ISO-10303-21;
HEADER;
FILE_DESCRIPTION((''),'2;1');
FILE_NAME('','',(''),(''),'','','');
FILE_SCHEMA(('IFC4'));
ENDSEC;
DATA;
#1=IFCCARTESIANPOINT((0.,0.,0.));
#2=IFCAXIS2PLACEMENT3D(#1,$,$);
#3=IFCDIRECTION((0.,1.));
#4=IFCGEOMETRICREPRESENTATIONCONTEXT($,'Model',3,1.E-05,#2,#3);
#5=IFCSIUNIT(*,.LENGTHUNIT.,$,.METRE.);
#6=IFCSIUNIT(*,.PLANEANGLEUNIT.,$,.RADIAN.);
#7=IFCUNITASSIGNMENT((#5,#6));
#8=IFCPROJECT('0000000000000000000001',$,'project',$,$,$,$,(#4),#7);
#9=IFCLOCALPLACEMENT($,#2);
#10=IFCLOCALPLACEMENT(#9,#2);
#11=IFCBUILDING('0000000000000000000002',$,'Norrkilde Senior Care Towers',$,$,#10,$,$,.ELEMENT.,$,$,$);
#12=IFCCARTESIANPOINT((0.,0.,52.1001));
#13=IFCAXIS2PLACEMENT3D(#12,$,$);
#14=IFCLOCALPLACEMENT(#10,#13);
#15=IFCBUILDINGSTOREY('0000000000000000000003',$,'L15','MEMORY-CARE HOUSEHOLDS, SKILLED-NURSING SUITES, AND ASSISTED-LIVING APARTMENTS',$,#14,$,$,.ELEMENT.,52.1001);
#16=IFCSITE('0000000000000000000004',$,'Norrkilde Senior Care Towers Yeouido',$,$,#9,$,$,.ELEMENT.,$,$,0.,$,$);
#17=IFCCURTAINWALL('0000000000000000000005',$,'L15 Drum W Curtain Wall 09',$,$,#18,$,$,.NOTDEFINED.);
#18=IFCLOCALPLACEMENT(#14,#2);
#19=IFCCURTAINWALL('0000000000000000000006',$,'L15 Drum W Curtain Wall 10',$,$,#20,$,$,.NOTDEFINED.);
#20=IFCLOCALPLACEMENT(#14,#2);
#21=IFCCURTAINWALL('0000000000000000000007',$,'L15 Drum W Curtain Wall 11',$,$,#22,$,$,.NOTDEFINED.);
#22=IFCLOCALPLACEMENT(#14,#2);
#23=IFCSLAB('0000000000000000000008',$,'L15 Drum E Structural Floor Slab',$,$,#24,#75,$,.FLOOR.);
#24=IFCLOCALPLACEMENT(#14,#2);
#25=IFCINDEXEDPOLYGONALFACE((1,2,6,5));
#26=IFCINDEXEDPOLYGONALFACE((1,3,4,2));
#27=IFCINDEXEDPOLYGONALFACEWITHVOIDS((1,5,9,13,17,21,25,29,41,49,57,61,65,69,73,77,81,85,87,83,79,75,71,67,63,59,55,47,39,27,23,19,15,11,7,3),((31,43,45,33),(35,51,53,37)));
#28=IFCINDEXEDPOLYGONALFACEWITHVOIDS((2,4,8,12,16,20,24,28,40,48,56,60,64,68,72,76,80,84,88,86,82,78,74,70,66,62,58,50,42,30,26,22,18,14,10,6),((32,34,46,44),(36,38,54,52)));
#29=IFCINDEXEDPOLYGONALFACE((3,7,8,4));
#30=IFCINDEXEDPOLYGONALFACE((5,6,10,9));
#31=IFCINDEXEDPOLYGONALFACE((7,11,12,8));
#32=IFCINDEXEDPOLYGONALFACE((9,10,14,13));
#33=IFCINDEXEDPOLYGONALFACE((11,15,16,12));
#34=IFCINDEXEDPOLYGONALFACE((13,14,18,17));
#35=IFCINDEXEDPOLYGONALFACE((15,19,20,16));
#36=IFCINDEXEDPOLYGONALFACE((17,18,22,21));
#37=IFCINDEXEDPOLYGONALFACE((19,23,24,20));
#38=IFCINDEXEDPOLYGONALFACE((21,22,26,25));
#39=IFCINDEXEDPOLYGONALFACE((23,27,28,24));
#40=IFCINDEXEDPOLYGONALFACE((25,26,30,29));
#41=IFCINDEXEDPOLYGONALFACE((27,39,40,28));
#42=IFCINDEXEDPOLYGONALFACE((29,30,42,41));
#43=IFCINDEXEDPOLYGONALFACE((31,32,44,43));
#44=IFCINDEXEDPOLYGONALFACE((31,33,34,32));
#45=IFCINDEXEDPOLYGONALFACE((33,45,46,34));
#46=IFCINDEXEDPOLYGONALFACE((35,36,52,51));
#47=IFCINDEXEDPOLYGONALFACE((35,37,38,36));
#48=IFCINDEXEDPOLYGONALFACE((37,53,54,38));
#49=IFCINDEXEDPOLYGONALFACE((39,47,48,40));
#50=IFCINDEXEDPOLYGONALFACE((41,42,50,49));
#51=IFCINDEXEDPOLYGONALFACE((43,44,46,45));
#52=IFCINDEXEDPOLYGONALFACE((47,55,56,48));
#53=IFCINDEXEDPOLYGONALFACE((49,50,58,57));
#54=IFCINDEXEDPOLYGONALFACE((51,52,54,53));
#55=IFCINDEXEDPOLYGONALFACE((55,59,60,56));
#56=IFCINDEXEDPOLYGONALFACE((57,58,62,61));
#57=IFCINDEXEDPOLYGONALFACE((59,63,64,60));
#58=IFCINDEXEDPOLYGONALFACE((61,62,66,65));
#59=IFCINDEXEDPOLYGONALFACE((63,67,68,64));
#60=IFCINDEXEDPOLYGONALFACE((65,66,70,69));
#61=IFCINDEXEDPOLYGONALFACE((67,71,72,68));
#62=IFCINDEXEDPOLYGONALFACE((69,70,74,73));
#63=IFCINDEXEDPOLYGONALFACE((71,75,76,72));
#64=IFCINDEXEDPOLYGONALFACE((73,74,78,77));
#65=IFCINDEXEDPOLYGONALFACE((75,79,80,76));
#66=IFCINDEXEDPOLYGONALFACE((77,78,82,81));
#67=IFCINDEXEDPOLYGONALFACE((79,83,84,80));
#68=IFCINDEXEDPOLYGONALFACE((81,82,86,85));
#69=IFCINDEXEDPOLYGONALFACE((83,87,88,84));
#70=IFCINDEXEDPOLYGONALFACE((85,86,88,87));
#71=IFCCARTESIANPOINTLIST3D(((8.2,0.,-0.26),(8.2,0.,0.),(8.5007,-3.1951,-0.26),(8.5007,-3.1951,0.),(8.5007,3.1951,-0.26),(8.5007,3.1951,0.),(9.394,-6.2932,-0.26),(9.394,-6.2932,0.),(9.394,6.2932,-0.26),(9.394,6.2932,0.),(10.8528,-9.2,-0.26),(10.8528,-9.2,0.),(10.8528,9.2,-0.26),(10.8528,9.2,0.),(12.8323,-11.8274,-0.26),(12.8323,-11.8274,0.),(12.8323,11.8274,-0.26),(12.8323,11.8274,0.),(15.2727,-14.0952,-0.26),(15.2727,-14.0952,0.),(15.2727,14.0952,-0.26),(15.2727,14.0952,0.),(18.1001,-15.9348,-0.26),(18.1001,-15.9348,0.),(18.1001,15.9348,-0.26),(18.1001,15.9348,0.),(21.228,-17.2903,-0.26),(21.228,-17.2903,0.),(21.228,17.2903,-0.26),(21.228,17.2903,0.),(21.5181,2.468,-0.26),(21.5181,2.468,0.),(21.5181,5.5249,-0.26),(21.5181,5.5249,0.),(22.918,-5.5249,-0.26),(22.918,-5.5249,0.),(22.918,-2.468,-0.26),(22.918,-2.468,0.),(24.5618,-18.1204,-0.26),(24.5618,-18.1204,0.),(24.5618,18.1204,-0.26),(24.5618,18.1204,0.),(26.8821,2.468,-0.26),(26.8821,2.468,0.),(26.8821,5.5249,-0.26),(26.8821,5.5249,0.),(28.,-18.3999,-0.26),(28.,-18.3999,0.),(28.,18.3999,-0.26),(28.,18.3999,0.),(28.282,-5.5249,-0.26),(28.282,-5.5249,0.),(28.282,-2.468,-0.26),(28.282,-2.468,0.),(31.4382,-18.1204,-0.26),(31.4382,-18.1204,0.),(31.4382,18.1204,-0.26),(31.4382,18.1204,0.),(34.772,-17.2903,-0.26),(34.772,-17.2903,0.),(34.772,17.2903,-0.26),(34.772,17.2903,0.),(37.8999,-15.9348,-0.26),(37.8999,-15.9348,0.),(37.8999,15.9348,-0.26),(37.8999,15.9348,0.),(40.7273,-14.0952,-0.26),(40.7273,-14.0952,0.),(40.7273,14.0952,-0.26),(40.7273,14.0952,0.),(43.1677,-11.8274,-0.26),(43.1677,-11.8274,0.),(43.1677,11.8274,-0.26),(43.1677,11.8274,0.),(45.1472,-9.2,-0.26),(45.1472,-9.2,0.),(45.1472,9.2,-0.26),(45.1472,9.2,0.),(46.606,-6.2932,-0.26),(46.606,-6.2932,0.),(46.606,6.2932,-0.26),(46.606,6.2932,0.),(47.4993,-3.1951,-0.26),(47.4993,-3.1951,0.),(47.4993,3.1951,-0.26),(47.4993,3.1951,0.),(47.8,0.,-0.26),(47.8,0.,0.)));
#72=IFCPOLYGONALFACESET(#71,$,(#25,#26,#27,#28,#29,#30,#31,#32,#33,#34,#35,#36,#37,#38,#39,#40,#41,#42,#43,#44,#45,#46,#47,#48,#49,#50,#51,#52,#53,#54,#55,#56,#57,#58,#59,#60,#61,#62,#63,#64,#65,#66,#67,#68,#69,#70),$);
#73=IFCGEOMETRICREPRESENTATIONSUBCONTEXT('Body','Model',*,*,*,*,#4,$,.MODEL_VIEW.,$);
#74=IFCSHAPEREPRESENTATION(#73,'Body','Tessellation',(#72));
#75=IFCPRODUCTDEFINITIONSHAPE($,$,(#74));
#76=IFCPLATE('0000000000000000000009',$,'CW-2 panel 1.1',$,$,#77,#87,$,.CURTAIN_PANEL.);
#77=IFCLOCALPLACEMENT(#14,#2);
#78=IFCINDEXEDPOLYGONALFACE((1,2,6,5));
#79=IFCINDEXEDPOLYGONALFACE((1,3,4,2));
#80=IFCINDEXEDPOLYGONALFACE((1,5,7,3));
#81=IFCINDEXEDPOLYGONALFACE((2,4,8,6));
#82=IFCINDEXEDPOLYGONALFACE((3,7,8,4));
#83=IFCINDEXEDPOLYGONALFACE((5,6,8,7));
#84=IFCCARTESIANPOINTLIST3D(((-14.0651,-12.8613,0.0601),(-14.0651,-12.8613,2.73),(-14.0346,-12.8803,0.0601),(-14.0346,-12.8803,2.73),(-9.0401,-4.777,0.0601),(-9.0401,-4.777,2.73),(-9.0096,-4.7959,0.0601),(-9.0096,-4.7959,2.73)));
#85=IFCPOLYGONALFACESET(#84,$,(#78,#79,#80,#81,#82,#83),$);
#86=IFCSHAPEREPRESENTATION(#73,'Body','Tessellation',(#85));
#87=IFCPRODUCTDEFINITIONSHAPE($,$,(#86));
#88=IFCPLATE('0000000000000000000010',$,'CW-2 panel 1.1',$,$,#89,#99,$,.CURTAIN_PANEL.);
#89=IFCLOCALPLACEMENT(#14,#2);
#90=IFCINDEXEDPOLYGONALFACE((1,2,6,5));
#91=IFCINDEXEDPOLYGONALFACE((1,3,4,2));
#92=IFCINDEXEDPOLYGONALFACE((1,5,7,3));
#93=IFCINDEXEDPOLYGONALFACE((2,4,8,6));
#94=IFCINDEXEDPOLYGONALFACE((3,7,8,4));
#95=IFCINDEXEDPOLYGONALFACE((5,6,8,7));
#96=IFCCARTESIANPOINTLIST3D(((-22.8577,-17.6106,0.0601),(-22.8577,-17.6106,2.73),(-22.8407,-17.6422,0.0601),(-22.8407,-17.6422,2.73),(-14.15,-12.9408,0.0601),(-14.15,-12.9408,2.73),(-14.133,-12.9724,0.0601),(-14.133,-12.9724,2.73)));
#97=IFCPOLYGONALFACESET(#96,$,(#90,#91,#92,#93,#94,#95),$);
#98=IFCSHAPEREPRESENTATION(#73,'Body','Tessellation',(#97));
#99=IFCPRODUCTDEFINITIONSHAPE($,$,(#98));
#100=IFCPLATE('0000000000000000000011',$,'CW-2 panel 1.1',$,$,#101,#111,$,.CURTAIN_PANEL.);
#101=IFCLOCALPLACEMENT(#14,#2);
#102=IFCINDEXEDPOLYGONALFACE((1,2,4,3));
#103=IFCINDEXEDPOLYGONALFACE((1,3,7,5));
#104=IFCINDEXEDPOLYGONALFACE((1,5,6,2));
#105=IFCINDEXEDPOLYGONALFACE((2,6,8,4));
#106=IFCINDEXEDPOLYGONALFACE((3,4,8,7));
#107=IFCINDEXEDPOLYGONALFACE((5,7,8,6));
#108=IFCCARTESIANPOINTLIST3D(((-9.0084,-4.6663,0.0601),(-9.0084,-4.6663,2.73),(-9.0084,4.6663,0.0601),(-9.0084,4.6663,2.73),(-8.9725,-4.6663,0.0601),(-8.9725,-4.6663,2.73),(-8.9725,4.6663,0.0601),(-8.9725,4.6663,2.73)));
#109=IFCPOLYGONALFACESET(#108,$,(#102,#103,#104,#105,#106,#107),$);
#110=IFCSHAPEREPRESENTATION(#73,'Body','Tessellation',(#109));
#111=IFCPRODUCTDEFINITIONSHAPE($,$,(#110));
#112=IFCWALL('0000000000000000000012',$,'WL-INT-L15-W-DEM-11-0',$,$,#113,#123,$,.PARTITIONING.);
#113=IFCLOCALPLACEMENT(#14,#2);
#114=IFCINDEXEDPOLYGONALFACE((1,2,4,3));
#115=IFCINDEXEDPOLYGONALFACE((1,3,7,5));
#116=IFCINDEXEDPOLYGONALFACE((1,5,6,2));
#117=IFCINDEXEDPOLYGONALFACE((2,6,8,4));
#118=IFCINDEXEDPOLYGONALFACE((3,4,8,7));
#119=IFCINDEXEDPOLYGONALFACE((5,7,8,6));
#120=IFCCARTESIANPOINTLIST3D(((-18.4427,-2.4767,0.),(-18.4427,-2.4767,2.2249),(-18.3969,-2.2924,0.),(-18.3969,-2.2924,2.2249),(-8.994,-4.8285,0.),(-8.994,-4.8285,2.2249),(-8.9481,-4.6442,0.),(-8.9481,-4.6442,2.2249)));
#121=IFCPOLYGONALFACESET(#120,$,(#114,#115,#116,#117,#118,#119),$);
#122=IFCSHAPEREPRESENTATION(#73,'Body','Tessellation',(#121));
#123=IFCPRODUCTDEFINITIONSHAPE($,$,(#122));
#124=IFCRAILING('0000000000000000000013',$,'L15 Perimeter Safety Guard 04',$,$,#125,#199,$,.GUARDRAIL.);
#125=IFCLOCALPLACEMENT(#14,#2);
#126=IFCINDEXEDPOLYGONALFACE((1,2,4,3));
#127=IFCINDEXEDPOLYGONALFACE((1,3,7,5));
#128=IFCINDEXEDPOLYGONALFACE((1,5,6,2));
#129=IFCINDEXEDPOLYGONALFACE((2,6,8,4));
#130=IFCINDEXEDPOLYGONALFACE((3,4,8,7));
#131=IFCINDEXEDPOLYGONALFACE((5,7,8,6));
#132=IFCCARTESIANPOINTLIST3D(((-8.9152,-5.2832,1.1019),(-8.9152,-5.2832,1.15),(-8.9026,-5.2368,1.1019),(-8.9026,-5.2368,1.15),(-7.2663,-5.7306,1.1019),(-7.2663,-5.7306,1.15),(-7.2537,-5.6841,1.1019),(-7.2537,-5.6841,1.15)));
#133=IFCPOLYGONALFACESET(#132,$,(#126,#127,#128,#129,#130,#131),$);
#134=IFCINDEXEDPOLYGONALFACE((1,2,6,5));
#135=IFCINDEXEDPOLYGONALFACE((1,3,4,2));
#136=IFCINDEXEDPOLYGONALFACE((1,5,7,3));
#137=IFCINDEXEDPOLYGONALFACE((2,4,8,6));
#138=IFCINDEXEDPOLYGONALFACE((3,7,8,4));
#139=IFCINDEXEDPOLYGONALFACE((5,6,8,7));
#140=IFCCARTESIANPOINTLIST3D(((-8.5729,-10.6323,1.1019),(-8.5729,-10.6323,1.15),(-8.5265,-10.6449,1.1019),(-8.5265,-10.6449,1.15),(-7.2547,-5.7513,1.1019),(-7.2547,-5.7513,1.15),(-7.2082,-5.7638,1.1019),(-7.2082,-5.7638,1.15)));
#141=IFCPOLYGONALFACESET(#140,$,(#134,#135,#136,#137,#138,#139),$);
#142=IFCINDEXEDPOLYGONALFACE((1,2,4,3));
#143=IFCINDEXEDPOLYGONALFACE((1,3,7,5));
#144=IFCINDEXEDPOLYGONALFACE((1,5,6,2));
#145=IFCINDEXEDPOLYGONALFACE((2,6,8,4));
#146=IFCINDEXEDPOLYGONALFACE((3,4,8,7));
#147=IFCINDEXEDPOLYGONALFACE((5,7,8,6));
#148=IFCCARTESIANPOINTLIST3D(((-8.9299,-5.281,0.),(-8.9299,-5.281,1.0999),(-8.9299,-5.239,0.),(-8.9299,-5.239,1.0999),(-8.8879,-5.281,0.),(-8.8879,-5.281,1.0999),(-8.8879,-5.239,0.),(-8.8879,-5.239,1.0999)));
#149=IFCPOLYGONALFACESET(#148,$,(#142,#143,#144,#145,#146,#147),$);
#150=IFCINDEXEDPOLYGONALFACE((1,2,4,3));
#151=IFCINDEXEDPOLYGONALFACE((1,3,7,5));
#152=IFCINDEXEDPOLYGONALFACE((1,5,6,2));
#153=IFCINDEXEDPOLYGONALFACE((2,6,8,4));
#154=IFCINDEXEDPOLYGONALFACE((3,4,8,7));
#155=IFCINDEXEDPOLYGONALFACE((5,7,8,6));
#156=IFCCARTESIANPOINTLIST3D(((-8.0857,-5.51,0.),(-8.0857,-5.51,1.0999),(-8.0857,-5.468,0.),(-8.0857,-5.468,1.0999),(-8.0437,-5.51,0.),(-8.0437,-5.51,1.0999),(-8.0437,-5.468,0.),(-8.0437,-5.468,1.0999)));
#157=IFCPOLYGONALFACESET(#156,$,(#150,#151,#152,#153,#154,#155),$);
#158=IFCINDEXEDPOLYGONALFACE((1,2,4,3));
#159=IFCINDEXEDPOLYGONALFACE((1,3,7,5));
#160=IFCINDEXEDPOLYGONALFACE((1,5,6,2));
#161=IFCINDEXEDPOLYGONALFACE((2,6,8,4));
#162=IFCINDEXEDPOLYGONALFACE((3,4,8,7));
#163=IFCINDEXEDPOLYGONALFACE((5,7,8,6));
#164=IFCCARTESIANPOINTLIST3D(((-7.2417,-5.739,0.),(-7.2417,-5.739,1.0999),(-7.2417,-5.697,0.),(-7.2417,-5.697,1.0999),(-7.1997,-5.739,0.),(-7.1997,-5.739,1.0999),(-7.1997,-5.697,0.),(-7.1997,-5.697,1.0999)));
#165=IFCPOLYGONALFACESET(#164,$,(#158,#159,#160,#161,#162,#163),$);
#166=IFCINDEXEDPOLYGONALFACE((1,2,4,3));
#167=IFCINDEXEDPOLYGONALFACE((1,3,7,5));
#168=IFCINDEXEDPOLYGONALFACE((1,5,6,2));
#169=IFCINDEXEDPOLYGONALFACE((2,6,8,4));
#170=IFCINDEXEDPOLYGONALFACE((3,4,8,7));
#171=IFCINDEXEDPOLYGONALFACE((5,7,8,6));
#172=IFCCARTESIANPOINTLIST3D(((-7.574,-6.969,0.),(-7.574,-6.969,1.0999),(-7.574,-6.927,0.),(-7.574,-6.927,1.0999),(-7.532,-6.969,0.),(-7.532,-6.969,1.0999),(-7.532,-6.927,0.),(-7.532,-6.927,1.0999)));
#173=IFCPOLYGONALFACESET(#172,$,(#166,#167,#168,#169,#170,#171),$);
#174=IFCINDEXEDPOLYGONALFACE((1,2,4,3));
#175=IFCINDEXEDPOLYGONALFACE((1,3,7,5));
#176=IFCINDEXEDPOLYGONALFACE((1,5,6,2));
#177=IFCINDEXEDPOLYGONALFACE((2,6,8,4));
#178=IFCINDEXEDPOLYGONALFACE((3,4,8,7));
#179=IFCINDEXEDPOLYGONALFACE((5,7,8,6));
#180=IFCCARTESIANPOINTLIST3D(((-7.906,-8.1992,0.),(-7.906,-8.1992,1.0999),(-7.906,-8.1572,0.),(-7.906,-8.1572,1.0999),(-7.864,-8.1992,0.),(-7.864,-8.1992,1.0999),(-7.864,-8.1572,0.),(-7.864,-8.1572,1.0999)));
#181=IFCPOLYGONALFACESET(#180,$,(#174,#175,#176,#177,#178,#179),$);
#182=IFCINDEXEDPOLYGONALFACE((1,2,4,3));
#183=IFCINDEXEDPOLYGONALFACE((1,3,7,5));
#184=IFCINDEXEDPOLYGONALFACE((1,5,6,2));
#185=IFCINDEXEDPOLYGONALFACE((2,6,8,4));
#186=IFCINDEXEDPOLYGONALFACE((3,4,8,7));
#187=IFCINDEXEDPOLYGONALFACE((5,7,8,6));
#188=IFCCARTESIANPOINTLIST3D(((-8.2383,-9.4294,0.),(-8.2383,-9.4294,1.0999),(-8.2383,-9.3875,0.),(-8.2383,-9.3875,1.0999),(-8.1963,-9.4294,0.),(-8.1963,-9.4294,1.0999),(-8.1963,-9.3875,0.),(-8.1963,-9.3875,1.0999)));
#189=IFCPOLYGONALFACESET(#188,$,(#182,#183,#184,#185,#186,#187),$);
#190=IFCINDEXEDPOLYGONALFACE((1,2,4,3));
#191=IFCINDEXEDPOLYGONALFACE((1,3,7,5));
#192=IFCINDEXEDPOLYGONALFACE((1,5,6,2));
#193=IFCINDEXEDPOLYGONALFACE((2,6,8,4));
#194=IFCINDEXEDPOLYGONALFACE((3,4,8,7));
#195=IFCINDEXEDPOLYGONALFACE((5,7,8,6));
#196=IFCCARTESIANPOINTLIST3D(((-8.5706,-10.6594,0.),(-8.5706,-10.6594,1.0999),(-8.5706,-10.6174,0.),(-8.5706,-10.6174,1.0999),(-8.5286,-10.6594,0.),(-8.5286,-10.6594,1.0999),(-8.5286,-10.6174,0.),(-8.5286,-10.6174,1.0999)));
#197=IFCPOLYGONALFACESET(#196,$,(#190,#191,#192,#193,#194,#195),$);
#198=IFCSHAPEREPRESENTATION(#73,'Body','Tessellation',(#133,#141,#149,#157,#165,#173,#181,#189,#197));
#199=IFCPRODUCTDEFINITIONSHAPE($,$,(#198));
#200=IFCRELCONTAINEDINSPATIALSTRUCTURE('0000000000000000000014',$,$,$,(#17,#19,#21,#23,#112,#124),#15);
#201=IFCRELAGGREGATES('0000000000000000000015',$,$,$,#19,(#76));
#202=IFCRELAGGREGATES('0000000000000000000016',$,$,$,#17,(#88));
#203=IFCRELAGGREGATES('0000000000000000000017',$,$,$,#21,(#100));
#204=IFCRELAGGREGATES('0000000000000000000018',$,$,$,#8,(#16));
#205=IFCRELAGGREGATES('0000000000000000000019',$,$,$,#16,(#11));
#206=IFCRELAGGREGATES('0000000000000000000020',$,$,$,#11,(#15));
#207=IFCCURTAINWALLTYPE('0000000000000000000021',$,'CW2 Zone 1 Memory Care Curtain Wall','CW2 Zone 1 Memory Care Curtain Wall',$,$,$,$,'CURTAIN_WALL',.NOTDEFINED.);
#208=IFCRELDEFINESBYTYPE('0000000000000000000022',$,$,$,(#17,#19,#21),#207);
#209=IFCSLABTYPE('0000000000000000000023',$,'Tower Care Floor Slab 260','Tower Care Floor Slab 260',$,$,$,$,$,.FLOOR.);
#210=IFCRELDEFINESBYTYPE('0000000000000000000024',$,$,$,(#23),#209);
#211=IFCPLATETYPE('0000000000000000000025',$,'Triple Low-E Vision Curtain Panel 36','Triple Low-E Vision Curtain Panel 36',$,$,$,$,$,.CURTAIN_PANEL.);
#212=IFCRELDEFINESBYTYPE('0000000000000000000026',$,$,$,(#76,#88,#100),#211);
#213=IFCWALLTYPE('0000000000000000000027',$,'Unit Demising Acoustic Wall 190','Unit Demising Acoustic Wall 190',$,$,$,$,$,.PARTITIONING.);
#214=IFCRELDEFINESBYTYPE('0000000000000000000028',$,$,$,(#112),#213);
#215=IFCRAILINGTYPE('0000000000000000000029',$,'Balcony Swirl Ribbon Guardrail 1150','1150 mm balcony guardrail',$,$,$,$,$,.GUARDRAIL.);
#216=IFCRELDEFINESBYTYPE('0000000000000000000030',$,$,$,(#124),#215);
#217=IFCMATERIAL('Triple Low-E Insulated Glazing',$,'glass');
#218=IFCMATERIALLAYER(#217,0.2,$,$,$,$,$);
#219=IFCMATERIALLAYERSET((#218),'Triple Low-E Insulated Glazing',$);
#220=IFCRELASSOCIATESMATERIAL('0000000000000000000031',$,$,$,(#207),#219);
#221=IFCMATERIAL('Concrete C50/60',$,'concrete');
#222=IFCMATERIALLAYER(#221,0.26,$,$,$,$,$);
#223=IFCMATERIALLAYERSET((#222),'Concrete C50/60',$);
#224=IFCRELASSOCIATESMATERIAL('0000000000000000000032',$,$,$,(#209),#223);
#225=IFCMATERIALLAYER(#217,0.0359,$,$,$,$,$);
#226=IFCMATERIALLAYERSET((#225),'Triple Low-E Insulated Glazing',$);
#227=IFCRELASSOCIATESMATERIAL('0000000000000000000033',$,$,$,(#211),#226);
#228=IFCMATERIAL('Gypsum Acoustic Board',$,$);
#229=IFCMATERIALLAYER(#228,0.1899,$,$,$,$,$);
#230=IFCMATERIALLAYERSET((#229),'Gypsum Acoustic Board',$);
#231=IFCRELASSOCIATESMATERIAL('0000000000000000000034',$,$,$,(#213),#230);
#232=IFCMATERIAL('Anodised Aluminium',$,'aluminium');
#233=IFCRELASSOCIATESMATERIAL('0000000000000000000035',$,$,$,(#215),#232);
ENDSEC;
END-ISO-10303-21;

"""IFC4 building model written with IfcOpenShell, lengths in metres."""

from ifc_helpers import new_model, si_unit, direction, frame, frame_2d, origin, origin_2d, place, context, subcontext, project, spatial, polyline, rectangle, outline, extrude, source, transform, mapped, material, layer, layer_set, type_object, type_shapes, element, aggregate, save


model = new_model("IFC4")

# Units and contexts
model_context = context("Model", 3, precision=1e-05, world=origin(), true_north=direction((0.0, 1.0)))
body_context = subcontext(model_context, "Body", "Model", "MODEL_VIEW")
ifc_project = project(units=[si_unit("LENGTHUNIT", "METRE"), si_unit("PLANEANGLEUNIT", "RADIAN")], contexts=[model_context])

# Site, building, storey
site_placement = place(None, origin())
site = spatial("IfcSite", under=ifc_project, at=site_placement, Name="Norrkilde Senior Care Towers Yeouido", CompositionType="ELEMENT", RefElevation=0.0)
building_placement = place(site_placement, origin())
building = spatial("IfcBuilding", under=site, at=building_placement, Name="Norrkilde Senior Care Towers", CompositionType="ELEMENT")
storey_placement = place(building_placement, frame((0.0, 0.0, 52.1001)))
storey = spatial("IfcBuildingStorey", under=building, at=storey_placement, Name="L15", Description="MEMORY-CARE HOUSEHOLDS, SKILLED-NURSING SUITES, AND ASSISTED-LIVING APARTMENTS", CompositionType="ELEMENT", Elevation=52.1001)

# Curtain wall
ifc_material_1 = material(Name="Triple Low-E Insulated Glazing", Category="glass")
ifc_layer_1 = layer(ifc_material_1, 0.2)
ifc_layer_set_1 = layer_set([ifc_layer_1], Name="Triple Low-E Insulated Glazing")
curtain_wall_type = type_object("IfcCurtainWallType", Name="CW2 Zone 1 Memory Care Curtain Wall", Description="CW2 Zone 1 Memory Care Curtain Wall", ElementType="CURTAIN_WALL", PredefinedType="NOTDEFINED", material=ifc_layer_set_1)
curtain_wall_1_placement = place(storey_placement, origin())
curtain_wall_1 = element("IfcCurtainWall", 1, at=curtain_wall_1_placement, inside=storey, type_object=curtain_wall_type, Name="L15 Drum W Curtain Wall 09", PredefinedType="NOTDEFINED")
ifc_material_2 = material(Name="Anodised Aluminium", Category="aluminium")

# Curtain wall
curtain_wall_2_placement = place(storey_placement, origin())
curtain_wall_2 = element("IfcCurtainWall", 2, at=curtain_wall_2_placement, inside=storey, type_object=curtain_wall_type, Name="L15 Drum W Curtain Wall 10", PredefinedType="NOTDEFINED")

# Curtain wall
curtain_wall_3_placement = place(storey_placement, origin())
curtain_wall_3 = element("IfcCurtainWall", 3, at=curtain_wall_3_placement, inside=storey, type_object=curtain_wall_type, Name="L15 Drum W Curtain Wall 11", PredefinedType="NOTDEFINED")

# Slab
ifc_material_3 = material(Name="Concrete C50/60", Category="concrete")
ifc_layer_2 = layer(ifc_material_3, 0.26)
ifc_layer_set_2 = layer_set([ifc_layer_2], Name="Concrete C50/60")
slab_type_1 = type_object("IfcSlabType", Name="Tower Care Floor Slab 260", Description="Tower Care Floor Slab 260", PredefinedType="FLOOR", material=ifc_layer_set_2)
slab_1_placement = place(storey_placement, frame((0.0, 0.0, -0.26)))
element("IfcSlab", 4, at=slab_1_placement, inside=storey, type_object=slab_type_1, Name="L15 Drum E Structural Floor Slab", PredefinedType="FLOOR", context=body_context, shape_type="SweptSolid", body=[
    extrude(outline(polyline([(46.606, -6.2932), (45.1472, -9.2), (43.1677, -11.8274), (40.7273, -14.0952), (37.8999, -15.9348), (34.772, -17.2903), (31.4382, -18.1204), (28.0, -18.3999), (24.5618, -18.1204), (21.228, -17.2903), (18.1001, -15.9348), (15.2727, -14.0952), (12.8323, -11.8274), (10.8528, -9.2), (9.394, -6.2932), (8.5007, -3.1951), (8.2, 0.0), (8.5007, 3.1951), (9.394, 6.2932), (10.8528, 9.2), (12.8323, 11.8274), (15.2727, 14.0952), (18.1001, 15.9348), (21.228, 17.2903), (24.5618, 18.1204), (28.0, 18.3999), (31.4382, 18.1204), (34.772, 17.2903), (37.8999, 15.9348), (40.7273, 14.0952), (43.1677, 11.8274), (45.1472, 9.2), (46.606, 6.2932), (47.4993, 3.1951), (47.8, 0.0), (47.4993, -3.1951), (46.606, -6.2932)]), holes=[polyline([(21.5181, 2.468), (26.8821, 2.468), (26.8821, 5.5249), (21.5181, 5.5249), (21.5181, 2.468)]), polyline([(28.282, -5.5249), (28.282, -2.468), (22.918, -2.468), (22.918, -5.5249), (28.282, -5.5249)])]), origin(), (0.0, 0.0, 1.0), 0.26),
])

# Plates
ifc_layer_3 = layer(ifc_material_1, 0.0359)
ifc_layer_set_3 = layer_set([ifc_layer_3], Name="Triple Low-E Insulated Glazing")
plate_type = type_object("IfcPlateType", Name="Triple Low-E Vision Curtain Panel 36", Description="Triple Low-E Vision Curtain Panel 36", PredefinedType="CURTAIN_PANEL", material=ifc_layer_set_3)
shared_shape_1 = source(origin(), body_context, "Body", "SweptSolid", [
    extrude(rectangle(XDim=9.5188, YDim=0.0359, at=origin_2d()), origin(), (0.0, 0.0, 1.0), 2.6699),
])
plate_1_placement = place(storey_placement, frame((-11.5374, -8.8286, 0.0601), z_axis=(0.0, 0.0, 1.0), x_axis=(-0.527901, -0.849306, 0.0)))
plate_1 = element("IfcPlate", 5, at=plate_1_placement, type_object=plate_type, Name="CW-2 panel 1.1", PredefinedType="CURTAIN_PANEL", context=body_context, shape_type="MappedRepresentation", body=[
    mapped(shared_shape_1, transform((0.0, 0.0, 0.0), x_axis=(1.0, 0.0, 0.0), y_axis=(0.0, 1.0, 0.0), z_axis=(0.0, 0.0, 1.0), scale=1.0)),
])
aggregate(curtain_wall_2, [plate_1])
shared_shape_2 = source(origin(), body_context, "Body", "SweptSolid", [
    extrude(rectangle(XDim=9.8809, YDim=0.0359, at=origin_2d()), origin(), (0.0, 0.0, 1.0), 2.6699),
])
plate_2_placement = place(storey_placement, frame((-18.4954, -15.2915, 0.0601), z_axis=(0.0, 0.0, 1.0), x_axis=(-0.881273, -0.472608, 0.0)))
plate_2 = element("IfcPlate", 6, at=plate_2_placement, type_object=plate_type, Name="CW-2 panel 1.1", PredefinedType="CURTAIN_PANEL", context=body_context, shape_type="MappedRepresentation", body=[
    mapped(shared_shape_2, transform((0.0, 0.0, 0.0), x_axis=(1.0, 0.0, 0.0), y_axis=(0.0, 1.0, 0.0), z_axis=(0.0, 0.0, 1.0), scale=1.0)),
])
aggregate(curtain_wall_1, [plate_2])
shared_shape_3 = source(origin(), body_context, "Body", "SweptSolid", [
    extrude(rectangle(XDim=9.3325, YDim=0.0359, at=origin_2d()), origin(), (0.0, 0.0, 1.0), 2.6699),
])
type_shapes(plate_type, [shared_shape_1, shared_shape_2, shared_shape_3])
plate_3_placement = place(storey_placement, frame((-8.9905, 0.0, 0.0601), z_axis=(0.0, 0.0, 1.0), x_axis=(0.0, -1.0, 0.0)))
plate_3 = element("IfcPlate", 7, at=plate_3_placement, type_object=plate_type, Name="CW-2 panel 1.1", PredefinedType="CURTAIN_PANEL", context=body_context, shape_type="MappedRepresentation", body=[
    mapped(shared_shape_3, transform((0.0, 0.0, 0.0), x_axis=(1.0, 0.0, 0.0), y_axis=(0.0, 1.0, 0.0), z_axis=(0.0, 0.0, 1.0), scale=1.0)),
])
aggregate(curtain_wall_3, [plate_3])

# Wall
ifc_material_4 = material(Name="Gypsum Acoustic Board")
ifc_layer_4 = layer(ifc_material_4, 0.1899)
ifc_layer_set_4 = layer_set([ifc_layer_4], Name="Gypsum Acoustic Board")
wall_type = type_object("IfcWallType", Name="Unit Demising Acoustic Wall 190", Description="Unit Demising Acoustic Wall 190", PredefinedType="PARTITIONING", material=ifc_layer_set_4)
shared_shape_4 = source(origin(), body_context, "Body", "SweptSolid", [
    extrude(rectangle(XDim=9.7371, YDim=0.1899, at=frame_2d((4.8687, 0.0))), origin(), (0.0, 0.0, 1.0), 2.2249),
])
type_shapes(wall_type, [shared_shape_4])
wall_placement = place(storey_placement, frame((-18.4199, -2.3845, 0.0), z_axis=(0.0, 0.0, 1.0), x_axis=(0.970393, -0.241533, 0.0)))
element("IfcWall", 8, at=wall_placement, inside=storey, type_object=wall_type, Name="WL-INT-L15-W-DEM-11-0", PredefinedType="PARTITIONING", context=body_context, shape_type="MappedRepresentation", body=[
    mapped(shared_shape_4, transform((0.0, 0.0, 0.0), x_axis=(1.0, 0.0, 0.0), y_axis=(0.0, 1.0, 0.0), z_axis=(0.0, 0.0, 1.0), scale=1.0)),
])

# Railing
railing_type = type_object("IfcRailingType", Name="Balcony Swirl Ribbon Guardrail 1150", Description="1150 mm balcony guardrail", PredefinedType="GUARDRAIL", material=ifc_material_2)
railing_1_placement = place(storey_placement, frame((-8.9089, -5.26, 0.0)))
element("IfcRailing", 9, at=railing_1_placement, inside=storey, type_object=railing_type, Name="L15 Perimeter Safety Guard 04", PredefinedType="GUARDRAIL", context=body_context, shape_type="SweptSolid", body=[
    extrude(rectangle(XDim=0.0481, YDim=0.0481, at=origin_2d()), frame((0.0, 0.0, 1.126), z_axis=(0.965114, -0.26183, 0.0), x_axis=(0.26183, 0.965114, 0.0)), (0.0, 0.0, 1.0), 1.7085),
    extrude(rectangle(XDim=0.0481, YDim=0.0481, at=origin_2d()), frame((1.6775, -0.4976, 1.126), z_axis=(-0.260729, -0.965412, 0.0), x_axis=(0.965412, -0.260729, 0.0)), (0.0, 0.0, 1.0), 5.0559),
    extrude(rectangle(XDim=0.042, YDim=0.042, at=origin_2d()), origin(), (0.0, 0.0, 1.0), 1.0999),
    extrude(rectangle(XDim=0.042, YDim=0.042, at=origin_2d()), frame((0.8442, -0.229, 0.0)), (0.0, 0.0, 1.0), 1.0999),
    extrude(rectangle(XDim=0.042, YDim=0.042, at=origin_2d()), frame((1.6882, -0.458, 0.0)), (0.0, 0.0, 1.0), 1.0999),
    extrude(rectangle(XDim=0.042, YDim=0.042, at=origin_2d()), frame((1.356, -1.688, 0.0)), (0.0, 0.0, 1.0), 1.0999),
    extrude(rectangle(XDim=0.042, YDim=0.042, at=origin_2d()), frame((1.0239, -2.9182, 0.0)), (0.0, 0.0, 1.0), 1.0999),
    extrude(rectangle(XDim=0.042, YDim=0.042, at=origin_2d()), frame((0.6917, -4.1484, 0.0)), (0.0, 0.0, 1.0), 1.0999),
    extrude(rectangle(XDim=0.042, YDim=0.042, at=origin_2d()), frame((0.3594, -5.3784, 0.0)), (0.0, 0.0, 1.0), 1.0999),
])

save(model, "model.ifc")
